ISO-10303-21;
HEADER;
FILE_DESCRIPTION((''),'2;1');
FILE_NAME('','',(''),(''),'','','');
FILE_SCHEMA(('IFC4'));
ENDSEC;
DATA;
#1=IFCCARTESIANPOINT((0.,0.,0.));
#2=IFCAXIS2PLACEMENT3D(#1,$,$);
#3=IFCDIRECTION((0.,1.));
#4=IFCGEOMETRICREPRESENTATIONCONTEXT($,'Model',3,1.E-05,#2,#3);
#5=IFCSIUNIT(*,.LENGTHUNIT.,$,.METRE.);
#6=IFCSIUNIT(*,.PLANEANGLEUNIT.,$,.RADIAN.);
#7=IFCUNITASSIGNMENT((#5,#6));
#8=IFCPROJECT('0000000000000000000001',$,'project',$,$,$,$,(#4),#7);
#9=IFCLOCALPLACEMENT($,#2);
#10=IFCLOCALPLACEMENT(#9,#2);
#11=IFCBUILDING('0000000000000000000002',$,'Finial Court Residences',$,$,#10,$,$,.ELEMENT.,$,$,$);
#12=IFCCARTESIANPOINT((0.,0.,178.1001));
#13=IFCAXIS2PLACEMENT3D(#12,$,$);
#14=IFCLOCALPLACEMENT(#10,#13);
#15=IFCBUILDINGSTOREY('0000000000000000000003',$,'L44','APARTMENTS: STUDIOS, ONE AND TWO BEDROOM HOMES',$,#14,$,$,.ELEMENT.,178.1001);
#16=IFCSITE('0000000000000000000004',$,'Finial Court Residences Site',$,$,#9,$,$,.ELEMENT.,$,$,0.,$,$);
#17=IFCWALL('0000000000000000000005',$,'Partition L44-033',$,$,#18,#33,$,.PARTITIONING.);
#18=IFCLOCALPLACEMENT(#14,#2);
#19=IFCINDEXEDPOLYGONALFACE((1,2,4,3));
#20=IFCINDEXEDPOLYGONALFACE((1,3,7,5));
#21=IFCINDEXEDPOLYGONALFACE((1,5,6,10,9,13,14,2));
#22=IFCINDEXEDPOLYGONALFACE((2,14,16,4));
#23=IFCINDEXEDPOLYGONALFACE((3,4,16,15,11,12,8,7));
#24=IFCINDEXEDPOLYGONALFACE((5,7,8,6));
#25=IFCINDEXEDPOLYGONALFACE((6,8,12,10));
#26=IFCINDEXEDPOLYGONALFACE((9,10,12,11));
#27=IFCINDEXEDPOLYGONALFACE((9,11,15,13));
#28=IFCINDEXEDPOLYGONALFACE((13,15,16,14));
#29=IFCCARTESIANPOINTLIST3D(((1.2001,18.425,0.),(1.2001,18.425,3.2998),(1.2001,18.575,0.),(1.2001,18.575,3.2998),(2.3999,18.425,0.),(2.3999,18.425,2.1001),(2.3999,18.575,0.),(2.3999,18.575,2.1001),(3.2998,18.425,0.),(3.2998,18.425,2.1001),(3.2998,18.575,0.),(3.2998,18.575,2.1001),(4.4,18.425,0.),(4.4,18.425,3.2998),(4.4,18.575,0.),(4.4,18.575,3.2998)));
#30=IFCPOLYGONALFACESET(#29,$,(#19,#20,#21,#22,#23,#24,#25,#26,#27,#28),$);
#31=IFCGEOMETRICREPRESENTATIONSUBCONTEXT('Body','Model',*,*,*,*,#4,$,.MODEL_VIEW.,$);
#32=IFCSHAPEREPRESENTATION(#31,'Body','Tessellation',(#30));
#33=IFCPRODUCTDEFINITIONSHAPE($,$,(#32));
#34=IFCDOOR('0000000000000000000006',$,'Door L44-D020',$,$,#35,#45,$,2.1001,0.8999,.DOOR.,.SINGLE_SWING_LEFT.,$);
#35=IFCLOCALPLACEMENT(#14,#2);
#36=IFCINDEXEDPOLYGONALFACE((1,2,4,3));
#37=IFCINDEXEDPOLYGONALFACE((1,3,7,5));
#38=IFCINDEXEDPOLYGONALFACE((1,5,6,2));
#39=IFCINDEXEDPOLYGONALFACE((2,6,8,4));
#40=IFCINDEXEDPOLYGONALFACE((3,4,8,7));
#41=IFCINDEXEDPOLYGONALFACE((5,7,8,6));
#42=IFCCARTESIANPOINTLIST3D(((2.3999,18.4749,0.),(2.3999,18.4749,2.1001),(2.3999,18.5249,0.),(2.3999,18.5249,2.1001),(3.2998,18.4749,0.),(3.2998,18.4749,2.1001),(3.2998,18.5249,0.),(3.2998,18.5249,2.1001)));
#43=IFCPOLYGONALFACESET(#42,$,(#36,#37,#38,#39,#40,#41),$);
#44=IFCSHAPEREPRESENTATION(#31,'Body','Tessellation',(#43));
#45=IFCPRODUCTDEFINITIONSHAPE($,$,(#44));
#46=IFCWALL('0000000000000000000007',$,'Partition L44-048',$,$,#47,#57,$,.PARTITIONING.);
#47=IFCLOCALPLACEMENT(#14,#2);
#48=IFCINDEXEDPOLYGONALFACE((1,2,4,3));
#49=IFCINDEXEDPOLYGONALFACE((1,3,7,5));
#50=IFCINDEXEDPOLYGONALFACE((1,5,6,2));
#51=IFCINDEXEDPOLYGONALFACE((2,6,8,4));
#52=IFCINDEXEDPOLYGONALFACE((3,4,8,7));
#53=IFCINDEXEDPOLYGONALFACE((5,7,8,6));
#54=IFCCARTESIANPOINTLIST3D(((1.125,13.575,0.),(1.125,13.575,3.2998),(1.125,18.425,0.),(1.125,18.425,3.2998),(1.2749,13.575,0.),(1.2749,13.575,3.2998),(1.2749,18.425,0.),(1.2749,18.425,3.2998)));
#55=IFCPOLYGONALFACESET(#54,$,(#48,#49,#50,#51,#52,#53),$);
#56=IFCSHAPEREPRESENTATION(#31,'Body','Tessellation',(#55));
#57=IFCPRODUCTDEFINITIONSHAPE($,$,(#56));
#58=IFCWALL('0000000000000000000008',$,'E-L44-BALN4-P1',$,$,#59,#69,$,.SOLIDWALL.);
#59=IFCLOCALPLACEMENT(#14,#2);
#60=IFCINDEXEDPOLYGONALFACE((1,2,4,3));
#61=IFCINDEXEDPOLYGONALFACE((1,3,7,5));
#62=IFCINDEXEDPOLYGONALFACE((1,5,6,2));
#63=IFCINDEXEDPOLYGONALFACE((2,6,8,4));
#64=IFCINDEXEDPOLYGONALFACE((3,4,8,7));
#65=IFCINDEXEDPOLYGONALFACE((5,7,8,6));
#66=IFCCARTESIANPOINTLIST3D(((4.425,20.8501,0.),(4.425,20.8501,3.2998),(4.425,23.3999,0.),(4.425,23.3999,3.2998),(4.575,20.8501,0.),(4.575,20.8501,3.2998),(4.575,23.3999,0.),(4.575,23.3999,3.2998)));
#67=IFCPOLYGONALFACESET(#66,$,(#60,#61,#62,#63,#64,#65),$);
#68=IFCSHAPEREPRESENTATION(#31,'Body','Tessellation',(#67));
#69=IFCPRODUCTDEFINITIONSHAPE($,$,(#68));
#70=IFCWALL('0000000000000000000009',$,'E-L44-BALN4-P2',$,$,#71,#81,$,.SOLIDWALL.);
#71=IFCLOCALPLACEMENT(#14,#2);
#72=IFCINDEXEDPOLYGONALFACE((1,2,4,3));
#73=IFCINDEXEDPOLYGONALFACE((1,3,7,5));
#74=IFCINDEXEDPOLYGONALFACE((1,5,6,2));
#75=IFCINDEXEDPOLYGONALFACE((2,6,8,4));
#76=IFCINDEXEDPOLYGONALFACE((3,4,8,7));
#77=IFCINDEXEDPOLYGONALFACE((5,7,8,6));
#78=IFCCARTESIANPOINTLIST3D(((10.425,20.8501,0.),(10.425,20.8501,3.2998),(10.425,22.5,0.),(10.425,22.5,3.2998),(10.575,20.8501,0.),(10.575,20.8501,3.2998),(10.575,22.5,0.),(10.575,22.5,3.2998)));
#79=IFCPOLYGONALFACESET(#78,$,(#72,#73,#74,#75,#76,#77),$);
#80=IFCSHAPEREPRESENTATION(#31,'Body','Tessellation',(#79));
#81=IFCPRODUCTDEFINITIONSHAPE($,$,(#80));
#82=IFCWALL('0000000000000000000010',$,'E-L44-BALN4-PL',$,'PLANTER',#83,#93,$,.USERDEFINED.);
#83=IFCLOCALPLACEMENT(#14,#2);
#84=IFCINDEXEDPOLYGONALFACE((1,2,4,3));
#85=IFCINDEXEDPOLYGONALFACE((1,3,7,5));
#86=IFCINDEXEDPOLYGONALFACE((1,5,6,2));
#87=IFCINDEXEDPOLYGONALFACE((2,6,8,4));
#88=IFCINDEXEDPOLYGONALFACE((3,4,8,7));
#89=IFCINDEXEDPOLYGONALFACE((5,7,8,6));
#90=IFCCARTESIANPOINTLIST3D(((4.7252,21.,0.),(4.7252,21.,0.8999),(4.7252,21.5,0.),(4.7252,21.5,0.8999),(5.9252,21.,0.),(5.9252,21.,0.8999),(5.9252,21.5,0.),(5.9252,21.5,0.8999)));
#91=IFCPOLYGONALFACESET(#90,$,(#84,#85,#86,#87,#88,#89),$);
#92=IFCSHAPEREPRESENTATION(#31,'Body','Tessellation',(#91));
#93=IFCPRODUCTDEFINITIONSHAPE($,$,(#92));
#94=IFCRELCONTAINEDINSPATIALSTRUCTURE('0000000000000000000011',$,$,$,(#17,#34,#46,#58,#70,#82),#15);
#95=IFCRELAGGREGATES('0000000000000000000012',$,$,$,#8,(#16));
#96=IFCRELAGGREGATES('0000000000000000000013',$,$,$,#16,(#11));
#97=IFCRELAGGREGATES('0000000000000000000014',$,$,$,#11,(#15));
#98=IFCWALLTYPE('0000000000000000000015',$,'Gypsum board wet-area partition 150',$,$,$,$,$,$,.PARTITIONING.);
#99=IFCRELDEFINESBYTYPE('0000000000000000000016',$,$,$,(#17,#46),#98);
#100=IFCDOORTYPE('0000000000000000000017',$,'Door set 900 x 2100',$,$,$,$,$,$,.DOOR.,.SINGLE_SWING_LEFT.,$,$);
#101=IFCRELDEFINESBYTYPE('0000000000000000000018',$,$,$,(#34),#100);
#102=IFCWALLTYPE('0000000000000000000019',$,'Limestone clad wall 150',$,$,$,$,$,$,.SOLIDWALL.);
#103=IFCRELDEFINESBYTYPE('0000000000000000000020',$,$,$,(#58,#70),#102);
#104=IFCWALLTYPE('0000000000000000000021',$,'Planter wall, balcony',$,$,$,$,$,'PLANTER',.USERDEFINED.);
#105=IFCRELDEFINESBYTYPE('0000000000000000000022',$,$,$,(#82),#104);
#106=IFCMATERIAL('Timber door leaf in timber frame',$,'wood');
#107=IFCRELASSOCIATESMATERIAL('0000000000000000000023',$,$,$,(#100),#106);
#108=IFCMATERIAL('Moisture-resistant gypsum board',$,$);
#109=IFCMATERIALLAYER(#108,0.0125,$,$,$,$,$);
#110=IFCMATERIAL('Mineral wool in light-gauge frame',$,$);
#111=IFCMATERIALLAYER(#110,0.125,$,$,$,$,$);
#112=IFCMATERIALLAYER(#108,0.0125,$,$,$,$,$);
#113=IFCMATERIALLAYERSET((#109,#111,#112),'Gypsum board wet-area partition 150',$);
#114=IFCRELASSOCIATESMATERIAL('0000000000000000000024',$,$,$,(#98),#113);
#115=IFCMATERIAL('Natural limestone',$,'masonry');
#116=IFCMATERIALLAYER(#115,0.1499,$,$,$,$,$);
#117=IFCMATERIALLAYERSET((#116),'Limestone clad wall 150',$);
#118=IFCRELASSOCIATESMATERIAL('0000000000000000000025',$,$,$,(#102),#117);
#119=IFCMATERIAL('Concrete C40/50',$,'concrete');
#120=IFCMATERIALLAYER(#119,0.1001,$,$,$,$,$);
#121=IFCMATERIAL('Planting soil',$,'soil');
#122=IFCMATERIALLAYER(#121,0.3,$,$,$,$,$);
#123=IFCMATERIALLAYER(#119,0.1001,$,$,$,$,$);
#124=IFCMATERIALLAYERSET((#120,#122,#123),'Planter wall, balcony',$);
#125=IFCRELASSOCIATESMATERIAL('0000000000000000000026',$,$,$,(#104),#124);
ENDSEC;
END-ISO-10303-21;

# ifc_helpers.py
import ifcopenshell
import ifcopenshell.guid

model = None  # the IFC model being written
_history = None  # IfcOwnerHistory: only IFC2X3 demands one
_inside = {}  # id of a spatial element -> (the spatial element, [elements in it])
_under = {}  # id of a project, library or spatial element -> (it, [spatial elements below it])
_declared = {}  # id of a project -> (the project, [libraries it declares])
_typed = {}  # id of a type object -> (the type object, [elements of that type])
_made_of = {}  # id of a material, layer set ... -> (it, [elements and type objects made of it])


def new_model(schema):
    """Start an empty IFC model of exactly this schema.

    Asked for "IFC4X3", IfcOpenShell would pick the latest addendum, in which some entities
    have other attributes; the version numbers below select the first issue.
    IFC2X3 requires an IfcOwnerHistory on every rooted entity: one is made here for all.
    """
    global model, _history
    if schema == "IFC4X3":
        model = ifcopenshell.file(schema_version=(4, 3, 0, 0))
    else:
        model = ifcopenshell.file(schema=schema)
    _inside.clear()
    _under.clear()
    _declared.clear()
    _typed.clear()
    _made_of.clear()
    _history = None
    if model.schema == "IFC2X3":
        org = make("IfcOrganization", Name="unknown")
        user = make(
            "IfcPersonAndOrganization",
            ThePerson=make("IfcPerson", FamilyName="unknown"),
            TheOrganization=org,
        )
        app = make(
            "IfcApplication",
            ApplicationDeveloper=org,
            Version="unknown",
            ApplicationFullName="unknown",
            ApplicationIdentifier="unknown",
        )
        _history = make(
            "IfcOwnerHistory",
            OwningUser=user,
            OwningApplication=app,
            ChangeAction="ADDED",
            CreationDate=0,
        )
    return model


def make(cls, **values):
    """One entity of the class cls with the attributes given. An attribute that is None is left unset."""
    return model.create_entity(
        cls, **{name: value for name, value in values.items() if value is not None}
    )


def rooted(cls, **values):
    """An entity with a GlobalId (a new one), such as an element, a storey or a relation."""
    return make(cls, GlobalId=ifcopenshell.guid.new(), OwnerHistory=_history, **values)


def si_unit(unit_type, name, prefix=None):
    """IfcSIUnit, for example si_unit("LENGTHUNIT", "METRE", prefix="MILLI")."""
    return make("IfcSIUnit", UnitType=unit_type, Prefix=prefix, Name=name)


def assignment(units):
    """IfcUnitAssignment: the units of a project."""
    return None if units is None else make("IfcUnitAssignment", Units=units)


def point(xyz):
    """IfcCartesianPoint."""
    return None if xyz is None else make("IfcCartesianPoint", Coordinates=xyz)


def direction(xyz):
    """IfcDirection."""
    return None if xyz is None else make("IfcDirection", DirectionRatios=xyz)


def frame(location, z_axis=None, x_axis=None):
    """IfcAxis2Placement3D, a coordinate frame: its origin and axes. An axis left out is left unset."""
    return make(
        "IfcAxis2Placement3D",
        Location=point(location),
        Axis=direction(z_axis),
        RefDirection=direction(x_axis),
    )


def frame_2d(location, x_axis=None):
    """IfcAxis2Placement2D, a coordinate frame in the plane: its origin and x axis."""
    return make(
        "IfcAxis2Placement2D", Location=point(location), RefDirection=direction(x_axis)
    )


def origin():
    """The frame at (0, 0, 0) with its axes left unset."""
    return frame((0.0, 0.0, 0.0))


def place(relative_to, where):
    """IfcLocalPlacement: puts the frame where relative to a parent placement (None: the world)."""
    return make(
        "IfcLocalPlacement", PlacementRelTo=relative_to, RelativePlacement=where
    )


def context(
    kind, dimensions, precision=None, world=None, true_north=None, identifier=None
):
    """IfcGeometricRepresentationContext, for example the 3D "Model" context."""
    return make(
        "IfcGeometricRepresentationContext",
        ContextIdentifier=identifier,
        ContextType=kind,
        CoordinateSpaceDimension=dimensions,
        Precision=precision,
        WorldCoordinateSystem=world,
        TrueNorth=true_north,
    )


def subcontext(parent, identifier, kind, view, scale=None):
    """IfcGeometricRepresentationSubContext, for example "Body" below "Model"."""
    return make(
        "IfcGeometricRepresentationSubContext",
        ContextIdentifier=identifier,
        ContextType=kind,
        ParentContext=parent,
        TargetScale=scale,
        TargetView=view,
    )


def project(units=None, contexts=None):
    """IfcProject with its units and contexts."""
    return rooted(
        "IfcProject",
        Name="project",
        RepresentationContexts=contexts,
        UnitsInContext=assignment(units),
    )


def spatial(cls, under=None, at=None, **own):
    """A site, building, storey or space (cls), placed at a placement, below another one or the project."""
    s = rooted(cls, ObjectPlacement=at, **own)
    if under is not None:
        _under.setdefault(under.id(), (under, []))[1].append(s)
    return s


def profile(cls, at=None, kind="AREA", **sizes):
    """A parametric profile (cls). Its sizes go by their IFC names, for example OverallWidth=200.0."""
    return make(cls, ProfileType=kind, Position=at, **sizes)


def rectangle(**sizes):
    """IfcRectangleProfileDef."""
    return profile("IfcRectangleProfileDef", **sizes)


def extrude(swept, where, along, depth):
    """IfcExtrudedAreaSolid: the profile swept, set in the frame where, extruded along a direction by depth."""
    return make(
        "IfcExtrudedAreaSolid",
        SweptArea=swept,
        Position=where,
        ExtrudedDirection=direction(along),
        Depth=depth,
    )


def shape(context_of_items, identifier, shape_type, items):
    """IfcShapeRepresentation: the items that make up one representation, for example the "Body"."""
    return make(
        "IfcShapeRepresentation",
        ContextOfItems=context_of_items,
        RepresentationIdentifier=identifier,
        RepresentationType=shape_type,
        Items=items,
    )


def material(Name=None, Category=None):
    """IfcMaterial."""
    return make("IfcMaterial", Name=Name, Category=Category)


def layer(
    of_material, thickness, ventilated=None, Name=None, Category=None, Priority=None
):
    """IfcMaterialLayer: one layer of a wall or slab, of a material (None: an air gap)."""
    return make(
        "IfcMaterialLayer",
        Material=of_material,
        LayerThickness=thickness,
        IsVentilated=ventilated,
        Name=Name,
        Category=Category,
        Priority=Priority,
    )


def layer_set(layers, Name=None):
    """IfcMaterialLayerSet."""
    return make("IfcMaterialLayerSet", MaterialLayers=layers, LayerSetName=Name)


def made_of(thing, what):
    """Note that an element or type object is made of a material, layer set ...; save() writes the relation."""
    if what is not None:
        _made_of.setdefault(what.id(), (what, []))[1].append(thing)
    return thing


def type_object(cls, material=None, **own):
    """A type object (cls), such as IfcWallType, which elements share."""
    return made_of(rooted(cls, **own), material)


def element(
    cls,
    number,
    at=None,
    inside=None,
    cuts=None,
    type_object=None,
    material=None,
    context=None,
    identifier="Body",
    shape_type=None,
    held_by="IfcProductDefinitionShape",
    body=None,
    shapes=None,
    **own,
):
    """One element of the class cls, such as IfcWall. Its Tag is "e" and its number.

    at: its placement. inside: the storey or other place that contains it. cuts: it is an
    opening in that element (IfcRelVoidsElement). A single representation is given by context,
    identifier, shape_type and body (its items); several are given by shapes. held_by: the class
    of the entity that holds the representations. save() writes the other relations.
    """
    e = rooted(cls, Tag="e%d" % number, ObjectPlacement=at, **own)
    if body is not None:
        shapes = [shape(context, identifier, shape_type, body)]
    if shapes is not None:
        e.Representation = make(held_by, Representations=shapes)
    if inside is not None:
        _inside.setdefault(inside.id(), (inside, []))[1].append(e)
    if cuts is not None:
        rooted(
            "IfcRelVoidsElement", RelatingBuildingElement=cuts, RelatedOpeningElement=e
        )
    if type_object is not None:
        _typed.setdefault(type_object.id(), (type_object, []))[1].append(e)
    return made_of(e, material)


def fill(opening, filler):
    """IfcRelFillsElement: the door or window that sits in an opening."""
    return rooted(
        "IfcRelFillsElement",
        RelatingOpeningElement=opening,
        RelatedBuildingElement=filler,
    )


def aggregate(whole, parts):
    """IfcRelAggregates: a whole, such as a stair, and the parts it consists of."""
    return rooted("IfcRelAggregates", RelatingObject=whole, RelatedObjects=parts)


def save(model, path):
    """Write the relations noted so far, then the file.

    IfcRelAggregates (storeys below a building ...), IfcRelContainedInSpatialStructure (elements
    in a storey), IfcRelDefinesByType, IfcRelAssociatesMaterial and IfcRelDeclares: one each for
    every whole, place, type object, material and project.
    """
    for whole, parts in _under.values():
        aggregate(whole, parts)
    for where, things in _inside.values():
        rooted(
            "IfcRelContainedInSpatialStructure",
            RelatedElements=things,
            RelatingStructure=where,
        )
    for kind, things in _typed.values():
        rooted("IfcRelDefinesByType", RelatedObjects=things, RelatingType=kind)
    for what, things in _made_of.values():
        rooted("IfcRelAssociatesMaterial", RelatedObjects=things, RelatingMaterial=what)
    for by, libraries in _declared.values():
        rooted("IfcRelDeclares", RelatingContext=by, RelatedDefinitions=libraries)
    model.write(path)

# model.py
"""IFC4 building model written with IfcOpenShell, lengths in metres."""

from ifc_helpers import new_model, si_unit, direction, frame, frame_2d, origin, place, context, subcontext, project, spatial, rectangle, extrude, material, layer, layer_set, type_object, element, fill, save


model = new_model("IFC4")

# Units and contexts
model_context = context("Model", 3, precision=1e-05, world=origin(), true_north=direction((0.0, 1.0)))
body_context = subcontext(model_context, "Body", "Model", "MODEL_VIEW")
ifc_project = project(units=[si_unit("LENGTHUNIT", "METRE"), si_unit("PLANEANGLEUNIT", "RADIAN")], contexts=[model_context])

# Site, building, storey
site_placement = place(None, origin())
site = spatial("IfcSite", under=ifc_project, at=site_placement, Name="Finial Court Residences Site", CompositionType="ELEMENT", RefElevation=0.0)
building_placement = place(site_placement, origin())
building = spatial("IfcBuilding", under=site, at=building_placement, Name="Finial Court Residences", CompositionType="ELEMENT")
storey_placement = place(building_placement, frame((0.0, 0.0, 178.1001)))
storey = spatial("IfcBuildingStorey", under=building, at=storey_placement, Name="L44", Description="APARTMENTS: STUDIOS, ONE AND TWO BEDROOM HOMES", CompositionType="ELEMENT", Elevation=178.1001)

# Shared definitions
ifc_material_1 = material(Name="Mineral wool in light-gauge frame")
ifc_material_2 = material(Name="Timber door leaf in timber frame", Category="wood")
door_type_1 = type_object("IfcDoorType", Name="Door set 900 x 2100", OperationType="SINGLE_SWING_LEFT", PredefinedType="DOOR", material=ifc_material_2)

# Wall, opening, door
ifc_material_3 = material(Name="Moisture-resistant gypsum board")
ifc_layer_1 = layer(ifc_material_3, 0.0125)
ifc_layer_2 = layer(ifc_material_1, 0.125)
ifc_layer_3 = layer(ifc_material_3, 0.0125)
ifc_layer_set_1 = layer_set([ifc_layer_1, ifc_layer_2, ifc_layer_3], Name="Gypsum board wet-area partition 150")
wall_type_1 = type_object("IfcWallType", Name="Gypsum board wet-area partition 150", PredefinedType="PARTITIONING", material=ifc_layer_set_1)
wall_1_placement = place(storey_placement, frame((1.2, 18.5, 0.0), z_axis=(0.0, 0.0, 1.0), x_axis=(1.0, 0.0, 0.0)))
wall_1 = element("IfcWall", 1, at=wall_1_placement, inside=storey, type_object=wall_type_1, Name="Partition L44-033", PredefinedType="PARTITIONING", context=body_context, shape_type="SweptSolid", body=[
    extrude(rectangle(XDim=3.2, YDim=0.1499, at=frame_2d((1.6001, 0.0))), origin(), (0.0, 0.0, 1.0), 3.2998),
])
opening_1_placement = place(wall_1_placement, frame((1.2, 0.0, 0.0)))
opening_1 = element("IfcOpeningElement", 2, at=opening_1_placement, cuts=wall_1, PredefinedType="OPENING", context=body_context, shape_type="SweptSolid", body=[
    extrude(rectangle(XDim=0.8999, YDim=2.1001, at=frame_2d((0.45, 1.05))), frame((0.0, 0.085, 0.0), z_axis=(0.0, -1.0, 0.0), x_axis=(1.0, 0.0, 0.0)), (0.0, 0.0, 1.0), 0.1699),
])
door_1_placement = place(opening_1_placement, origin())
door_1 = element("IfcDoor", 3, at=door_1_placement, inside=storey, type_object=door_type_1, Name="Door L44-D020", OperationType="SINGLE_SWING_LEFT", OverallHeight=2.1001, OverallWidth=0.8999, PredefinedType="DOOR", context=body_context, shape_type="SweptSolid", body=[
    extrude(rectangle(XDim=0.8999, YDim=2.1001, at=frame_2d((0.45, 1.05))), frame((0.0, 0.0249, 0.0), z_axis=(0.0, -1.0, 0.0), x_axis=(1.0, 0.0, 0.0)), (0.0, 0.0, 1.0), 0.05),
])
fill(opening_1, door_1)

# Walls
wall_2_placement = place(storey_placement, frame((1.2, 13.575, 0.0), z_axis=(0.0, 0.0, 1.0), x_axis=(0.0, 1.0, 0.0)))
element("IfcWall", 4, at=wall_2_placement, inside=storey, type_object=wall_type_1, Name="Partition L44-048", PredefinedType="PARTITIONING", context=body_context, shape_type="SweptSolid", body=[
    extrude(rectangle(XDim=4.8501, YDim=0.1499, at=frame_2d((2.425, 0.0))), origin(), (0.0, 0.0, 1.0), 3.2998),
])
ifc_material_4 = material(Name="Natural limestone", Category="masonry")
ifc_layer_4 = layer(ifc_material_4, 0.1499)
ifc_layer_set_2 = layer_set([ifc_layer_4], Name="Limestone clad wall 150")
wall_type_2 = type_object("IfcWallType", Name="Limestone clad wall 150", PredefinedType="SOLIDWALL", material=ifc_layer_set_2)
wall_3_placement = place(storey_placement, frame((4.5, 20.8501, 0.0), z_axis=(0.0, 0.0, 1.0), x_axis=(0.0, 1.0, 0.0)))
element("IfcWall", 5, at=wall_3_placement, inside=storey, type_object=wall_type_2, Name="E-L44-BALN4-P1", PredefinedType="SOLIDWALL", context=body_context, shape_type="SweptSolid", body=[
    extrude(rectangle(XDim=2.5498, YDim=0.1499, at=frame_2d((1.2749, 0.0))), origin(), (0.0, 0.0, 1.0), 3.2998),
])
wall_4_placement = place(storey_placement, frame((10.5, 20.8501, 0.0), z_axis=(0.0, 0.0, 1.0), x_axis=(0.0, 1.0, 0.0)))
element("IfcWall", 6, at=wall_4_placement, inside=storey, type_object=wall_type_2, Name="E-L44-BALN4-P2", PredefinedType="SOLIDWALL", context=body_context, shape_type="SweptSolid", body=[
    extrude(rectangle(XDim=1.6499, YDim=0.1499, at=frame_2d((0.825, 0.0))), origin(), (0.0, 0.0, 1.0), 3.2998),
])

# Wall
ifc_material_5 = material(Name="Concrete C40/50", Category="concrete")
ifc_layer_5 = layer(ifc_material_5, 0.1001)
ifc_material_6 = material(Name="Planting soil", Category="soil")
ifc_layer_6 = layer(ifc_material_6, 0.3)
ifc_layer_7 = layer(ifc_material_5, 0.1001)
ifc_layer_set_3 = layer_set([ifc_layer_5, ifc_layer_6, ifc_layer_7], Name="Planter wall, balcony")
wall_type_3 = type_object("IfcWallType", Name="Planter wall, balcony", ElementType="PLANTER", PredefinedType="USERDEFINED", material=ifc_layer_set_3)
wall_5_placement = place(storey_placement, frame((4.7251, 21.25, 0.0), z_axis=(0.0, 0.0, 1.0), x_axis=(1.0, 0.0, 0.0)))
element("IfcWall", 7, at=wall_5_placement, inside=storey, type_object=wall_type_3, Name="E-L44-BALN4-PL", ObjectType="PLANTER", PredefinedType="USERDEFINED", context=body_context, shape_type="SweptSolid", body=[
    extrude(rectangle(XDim=1.2, YDim=0.5, at=frame_2d((0.6001, 0.0))), origin(), (0.0, 0.0, 1.0), 0.8999),
])

save(model, "model.ifc")
